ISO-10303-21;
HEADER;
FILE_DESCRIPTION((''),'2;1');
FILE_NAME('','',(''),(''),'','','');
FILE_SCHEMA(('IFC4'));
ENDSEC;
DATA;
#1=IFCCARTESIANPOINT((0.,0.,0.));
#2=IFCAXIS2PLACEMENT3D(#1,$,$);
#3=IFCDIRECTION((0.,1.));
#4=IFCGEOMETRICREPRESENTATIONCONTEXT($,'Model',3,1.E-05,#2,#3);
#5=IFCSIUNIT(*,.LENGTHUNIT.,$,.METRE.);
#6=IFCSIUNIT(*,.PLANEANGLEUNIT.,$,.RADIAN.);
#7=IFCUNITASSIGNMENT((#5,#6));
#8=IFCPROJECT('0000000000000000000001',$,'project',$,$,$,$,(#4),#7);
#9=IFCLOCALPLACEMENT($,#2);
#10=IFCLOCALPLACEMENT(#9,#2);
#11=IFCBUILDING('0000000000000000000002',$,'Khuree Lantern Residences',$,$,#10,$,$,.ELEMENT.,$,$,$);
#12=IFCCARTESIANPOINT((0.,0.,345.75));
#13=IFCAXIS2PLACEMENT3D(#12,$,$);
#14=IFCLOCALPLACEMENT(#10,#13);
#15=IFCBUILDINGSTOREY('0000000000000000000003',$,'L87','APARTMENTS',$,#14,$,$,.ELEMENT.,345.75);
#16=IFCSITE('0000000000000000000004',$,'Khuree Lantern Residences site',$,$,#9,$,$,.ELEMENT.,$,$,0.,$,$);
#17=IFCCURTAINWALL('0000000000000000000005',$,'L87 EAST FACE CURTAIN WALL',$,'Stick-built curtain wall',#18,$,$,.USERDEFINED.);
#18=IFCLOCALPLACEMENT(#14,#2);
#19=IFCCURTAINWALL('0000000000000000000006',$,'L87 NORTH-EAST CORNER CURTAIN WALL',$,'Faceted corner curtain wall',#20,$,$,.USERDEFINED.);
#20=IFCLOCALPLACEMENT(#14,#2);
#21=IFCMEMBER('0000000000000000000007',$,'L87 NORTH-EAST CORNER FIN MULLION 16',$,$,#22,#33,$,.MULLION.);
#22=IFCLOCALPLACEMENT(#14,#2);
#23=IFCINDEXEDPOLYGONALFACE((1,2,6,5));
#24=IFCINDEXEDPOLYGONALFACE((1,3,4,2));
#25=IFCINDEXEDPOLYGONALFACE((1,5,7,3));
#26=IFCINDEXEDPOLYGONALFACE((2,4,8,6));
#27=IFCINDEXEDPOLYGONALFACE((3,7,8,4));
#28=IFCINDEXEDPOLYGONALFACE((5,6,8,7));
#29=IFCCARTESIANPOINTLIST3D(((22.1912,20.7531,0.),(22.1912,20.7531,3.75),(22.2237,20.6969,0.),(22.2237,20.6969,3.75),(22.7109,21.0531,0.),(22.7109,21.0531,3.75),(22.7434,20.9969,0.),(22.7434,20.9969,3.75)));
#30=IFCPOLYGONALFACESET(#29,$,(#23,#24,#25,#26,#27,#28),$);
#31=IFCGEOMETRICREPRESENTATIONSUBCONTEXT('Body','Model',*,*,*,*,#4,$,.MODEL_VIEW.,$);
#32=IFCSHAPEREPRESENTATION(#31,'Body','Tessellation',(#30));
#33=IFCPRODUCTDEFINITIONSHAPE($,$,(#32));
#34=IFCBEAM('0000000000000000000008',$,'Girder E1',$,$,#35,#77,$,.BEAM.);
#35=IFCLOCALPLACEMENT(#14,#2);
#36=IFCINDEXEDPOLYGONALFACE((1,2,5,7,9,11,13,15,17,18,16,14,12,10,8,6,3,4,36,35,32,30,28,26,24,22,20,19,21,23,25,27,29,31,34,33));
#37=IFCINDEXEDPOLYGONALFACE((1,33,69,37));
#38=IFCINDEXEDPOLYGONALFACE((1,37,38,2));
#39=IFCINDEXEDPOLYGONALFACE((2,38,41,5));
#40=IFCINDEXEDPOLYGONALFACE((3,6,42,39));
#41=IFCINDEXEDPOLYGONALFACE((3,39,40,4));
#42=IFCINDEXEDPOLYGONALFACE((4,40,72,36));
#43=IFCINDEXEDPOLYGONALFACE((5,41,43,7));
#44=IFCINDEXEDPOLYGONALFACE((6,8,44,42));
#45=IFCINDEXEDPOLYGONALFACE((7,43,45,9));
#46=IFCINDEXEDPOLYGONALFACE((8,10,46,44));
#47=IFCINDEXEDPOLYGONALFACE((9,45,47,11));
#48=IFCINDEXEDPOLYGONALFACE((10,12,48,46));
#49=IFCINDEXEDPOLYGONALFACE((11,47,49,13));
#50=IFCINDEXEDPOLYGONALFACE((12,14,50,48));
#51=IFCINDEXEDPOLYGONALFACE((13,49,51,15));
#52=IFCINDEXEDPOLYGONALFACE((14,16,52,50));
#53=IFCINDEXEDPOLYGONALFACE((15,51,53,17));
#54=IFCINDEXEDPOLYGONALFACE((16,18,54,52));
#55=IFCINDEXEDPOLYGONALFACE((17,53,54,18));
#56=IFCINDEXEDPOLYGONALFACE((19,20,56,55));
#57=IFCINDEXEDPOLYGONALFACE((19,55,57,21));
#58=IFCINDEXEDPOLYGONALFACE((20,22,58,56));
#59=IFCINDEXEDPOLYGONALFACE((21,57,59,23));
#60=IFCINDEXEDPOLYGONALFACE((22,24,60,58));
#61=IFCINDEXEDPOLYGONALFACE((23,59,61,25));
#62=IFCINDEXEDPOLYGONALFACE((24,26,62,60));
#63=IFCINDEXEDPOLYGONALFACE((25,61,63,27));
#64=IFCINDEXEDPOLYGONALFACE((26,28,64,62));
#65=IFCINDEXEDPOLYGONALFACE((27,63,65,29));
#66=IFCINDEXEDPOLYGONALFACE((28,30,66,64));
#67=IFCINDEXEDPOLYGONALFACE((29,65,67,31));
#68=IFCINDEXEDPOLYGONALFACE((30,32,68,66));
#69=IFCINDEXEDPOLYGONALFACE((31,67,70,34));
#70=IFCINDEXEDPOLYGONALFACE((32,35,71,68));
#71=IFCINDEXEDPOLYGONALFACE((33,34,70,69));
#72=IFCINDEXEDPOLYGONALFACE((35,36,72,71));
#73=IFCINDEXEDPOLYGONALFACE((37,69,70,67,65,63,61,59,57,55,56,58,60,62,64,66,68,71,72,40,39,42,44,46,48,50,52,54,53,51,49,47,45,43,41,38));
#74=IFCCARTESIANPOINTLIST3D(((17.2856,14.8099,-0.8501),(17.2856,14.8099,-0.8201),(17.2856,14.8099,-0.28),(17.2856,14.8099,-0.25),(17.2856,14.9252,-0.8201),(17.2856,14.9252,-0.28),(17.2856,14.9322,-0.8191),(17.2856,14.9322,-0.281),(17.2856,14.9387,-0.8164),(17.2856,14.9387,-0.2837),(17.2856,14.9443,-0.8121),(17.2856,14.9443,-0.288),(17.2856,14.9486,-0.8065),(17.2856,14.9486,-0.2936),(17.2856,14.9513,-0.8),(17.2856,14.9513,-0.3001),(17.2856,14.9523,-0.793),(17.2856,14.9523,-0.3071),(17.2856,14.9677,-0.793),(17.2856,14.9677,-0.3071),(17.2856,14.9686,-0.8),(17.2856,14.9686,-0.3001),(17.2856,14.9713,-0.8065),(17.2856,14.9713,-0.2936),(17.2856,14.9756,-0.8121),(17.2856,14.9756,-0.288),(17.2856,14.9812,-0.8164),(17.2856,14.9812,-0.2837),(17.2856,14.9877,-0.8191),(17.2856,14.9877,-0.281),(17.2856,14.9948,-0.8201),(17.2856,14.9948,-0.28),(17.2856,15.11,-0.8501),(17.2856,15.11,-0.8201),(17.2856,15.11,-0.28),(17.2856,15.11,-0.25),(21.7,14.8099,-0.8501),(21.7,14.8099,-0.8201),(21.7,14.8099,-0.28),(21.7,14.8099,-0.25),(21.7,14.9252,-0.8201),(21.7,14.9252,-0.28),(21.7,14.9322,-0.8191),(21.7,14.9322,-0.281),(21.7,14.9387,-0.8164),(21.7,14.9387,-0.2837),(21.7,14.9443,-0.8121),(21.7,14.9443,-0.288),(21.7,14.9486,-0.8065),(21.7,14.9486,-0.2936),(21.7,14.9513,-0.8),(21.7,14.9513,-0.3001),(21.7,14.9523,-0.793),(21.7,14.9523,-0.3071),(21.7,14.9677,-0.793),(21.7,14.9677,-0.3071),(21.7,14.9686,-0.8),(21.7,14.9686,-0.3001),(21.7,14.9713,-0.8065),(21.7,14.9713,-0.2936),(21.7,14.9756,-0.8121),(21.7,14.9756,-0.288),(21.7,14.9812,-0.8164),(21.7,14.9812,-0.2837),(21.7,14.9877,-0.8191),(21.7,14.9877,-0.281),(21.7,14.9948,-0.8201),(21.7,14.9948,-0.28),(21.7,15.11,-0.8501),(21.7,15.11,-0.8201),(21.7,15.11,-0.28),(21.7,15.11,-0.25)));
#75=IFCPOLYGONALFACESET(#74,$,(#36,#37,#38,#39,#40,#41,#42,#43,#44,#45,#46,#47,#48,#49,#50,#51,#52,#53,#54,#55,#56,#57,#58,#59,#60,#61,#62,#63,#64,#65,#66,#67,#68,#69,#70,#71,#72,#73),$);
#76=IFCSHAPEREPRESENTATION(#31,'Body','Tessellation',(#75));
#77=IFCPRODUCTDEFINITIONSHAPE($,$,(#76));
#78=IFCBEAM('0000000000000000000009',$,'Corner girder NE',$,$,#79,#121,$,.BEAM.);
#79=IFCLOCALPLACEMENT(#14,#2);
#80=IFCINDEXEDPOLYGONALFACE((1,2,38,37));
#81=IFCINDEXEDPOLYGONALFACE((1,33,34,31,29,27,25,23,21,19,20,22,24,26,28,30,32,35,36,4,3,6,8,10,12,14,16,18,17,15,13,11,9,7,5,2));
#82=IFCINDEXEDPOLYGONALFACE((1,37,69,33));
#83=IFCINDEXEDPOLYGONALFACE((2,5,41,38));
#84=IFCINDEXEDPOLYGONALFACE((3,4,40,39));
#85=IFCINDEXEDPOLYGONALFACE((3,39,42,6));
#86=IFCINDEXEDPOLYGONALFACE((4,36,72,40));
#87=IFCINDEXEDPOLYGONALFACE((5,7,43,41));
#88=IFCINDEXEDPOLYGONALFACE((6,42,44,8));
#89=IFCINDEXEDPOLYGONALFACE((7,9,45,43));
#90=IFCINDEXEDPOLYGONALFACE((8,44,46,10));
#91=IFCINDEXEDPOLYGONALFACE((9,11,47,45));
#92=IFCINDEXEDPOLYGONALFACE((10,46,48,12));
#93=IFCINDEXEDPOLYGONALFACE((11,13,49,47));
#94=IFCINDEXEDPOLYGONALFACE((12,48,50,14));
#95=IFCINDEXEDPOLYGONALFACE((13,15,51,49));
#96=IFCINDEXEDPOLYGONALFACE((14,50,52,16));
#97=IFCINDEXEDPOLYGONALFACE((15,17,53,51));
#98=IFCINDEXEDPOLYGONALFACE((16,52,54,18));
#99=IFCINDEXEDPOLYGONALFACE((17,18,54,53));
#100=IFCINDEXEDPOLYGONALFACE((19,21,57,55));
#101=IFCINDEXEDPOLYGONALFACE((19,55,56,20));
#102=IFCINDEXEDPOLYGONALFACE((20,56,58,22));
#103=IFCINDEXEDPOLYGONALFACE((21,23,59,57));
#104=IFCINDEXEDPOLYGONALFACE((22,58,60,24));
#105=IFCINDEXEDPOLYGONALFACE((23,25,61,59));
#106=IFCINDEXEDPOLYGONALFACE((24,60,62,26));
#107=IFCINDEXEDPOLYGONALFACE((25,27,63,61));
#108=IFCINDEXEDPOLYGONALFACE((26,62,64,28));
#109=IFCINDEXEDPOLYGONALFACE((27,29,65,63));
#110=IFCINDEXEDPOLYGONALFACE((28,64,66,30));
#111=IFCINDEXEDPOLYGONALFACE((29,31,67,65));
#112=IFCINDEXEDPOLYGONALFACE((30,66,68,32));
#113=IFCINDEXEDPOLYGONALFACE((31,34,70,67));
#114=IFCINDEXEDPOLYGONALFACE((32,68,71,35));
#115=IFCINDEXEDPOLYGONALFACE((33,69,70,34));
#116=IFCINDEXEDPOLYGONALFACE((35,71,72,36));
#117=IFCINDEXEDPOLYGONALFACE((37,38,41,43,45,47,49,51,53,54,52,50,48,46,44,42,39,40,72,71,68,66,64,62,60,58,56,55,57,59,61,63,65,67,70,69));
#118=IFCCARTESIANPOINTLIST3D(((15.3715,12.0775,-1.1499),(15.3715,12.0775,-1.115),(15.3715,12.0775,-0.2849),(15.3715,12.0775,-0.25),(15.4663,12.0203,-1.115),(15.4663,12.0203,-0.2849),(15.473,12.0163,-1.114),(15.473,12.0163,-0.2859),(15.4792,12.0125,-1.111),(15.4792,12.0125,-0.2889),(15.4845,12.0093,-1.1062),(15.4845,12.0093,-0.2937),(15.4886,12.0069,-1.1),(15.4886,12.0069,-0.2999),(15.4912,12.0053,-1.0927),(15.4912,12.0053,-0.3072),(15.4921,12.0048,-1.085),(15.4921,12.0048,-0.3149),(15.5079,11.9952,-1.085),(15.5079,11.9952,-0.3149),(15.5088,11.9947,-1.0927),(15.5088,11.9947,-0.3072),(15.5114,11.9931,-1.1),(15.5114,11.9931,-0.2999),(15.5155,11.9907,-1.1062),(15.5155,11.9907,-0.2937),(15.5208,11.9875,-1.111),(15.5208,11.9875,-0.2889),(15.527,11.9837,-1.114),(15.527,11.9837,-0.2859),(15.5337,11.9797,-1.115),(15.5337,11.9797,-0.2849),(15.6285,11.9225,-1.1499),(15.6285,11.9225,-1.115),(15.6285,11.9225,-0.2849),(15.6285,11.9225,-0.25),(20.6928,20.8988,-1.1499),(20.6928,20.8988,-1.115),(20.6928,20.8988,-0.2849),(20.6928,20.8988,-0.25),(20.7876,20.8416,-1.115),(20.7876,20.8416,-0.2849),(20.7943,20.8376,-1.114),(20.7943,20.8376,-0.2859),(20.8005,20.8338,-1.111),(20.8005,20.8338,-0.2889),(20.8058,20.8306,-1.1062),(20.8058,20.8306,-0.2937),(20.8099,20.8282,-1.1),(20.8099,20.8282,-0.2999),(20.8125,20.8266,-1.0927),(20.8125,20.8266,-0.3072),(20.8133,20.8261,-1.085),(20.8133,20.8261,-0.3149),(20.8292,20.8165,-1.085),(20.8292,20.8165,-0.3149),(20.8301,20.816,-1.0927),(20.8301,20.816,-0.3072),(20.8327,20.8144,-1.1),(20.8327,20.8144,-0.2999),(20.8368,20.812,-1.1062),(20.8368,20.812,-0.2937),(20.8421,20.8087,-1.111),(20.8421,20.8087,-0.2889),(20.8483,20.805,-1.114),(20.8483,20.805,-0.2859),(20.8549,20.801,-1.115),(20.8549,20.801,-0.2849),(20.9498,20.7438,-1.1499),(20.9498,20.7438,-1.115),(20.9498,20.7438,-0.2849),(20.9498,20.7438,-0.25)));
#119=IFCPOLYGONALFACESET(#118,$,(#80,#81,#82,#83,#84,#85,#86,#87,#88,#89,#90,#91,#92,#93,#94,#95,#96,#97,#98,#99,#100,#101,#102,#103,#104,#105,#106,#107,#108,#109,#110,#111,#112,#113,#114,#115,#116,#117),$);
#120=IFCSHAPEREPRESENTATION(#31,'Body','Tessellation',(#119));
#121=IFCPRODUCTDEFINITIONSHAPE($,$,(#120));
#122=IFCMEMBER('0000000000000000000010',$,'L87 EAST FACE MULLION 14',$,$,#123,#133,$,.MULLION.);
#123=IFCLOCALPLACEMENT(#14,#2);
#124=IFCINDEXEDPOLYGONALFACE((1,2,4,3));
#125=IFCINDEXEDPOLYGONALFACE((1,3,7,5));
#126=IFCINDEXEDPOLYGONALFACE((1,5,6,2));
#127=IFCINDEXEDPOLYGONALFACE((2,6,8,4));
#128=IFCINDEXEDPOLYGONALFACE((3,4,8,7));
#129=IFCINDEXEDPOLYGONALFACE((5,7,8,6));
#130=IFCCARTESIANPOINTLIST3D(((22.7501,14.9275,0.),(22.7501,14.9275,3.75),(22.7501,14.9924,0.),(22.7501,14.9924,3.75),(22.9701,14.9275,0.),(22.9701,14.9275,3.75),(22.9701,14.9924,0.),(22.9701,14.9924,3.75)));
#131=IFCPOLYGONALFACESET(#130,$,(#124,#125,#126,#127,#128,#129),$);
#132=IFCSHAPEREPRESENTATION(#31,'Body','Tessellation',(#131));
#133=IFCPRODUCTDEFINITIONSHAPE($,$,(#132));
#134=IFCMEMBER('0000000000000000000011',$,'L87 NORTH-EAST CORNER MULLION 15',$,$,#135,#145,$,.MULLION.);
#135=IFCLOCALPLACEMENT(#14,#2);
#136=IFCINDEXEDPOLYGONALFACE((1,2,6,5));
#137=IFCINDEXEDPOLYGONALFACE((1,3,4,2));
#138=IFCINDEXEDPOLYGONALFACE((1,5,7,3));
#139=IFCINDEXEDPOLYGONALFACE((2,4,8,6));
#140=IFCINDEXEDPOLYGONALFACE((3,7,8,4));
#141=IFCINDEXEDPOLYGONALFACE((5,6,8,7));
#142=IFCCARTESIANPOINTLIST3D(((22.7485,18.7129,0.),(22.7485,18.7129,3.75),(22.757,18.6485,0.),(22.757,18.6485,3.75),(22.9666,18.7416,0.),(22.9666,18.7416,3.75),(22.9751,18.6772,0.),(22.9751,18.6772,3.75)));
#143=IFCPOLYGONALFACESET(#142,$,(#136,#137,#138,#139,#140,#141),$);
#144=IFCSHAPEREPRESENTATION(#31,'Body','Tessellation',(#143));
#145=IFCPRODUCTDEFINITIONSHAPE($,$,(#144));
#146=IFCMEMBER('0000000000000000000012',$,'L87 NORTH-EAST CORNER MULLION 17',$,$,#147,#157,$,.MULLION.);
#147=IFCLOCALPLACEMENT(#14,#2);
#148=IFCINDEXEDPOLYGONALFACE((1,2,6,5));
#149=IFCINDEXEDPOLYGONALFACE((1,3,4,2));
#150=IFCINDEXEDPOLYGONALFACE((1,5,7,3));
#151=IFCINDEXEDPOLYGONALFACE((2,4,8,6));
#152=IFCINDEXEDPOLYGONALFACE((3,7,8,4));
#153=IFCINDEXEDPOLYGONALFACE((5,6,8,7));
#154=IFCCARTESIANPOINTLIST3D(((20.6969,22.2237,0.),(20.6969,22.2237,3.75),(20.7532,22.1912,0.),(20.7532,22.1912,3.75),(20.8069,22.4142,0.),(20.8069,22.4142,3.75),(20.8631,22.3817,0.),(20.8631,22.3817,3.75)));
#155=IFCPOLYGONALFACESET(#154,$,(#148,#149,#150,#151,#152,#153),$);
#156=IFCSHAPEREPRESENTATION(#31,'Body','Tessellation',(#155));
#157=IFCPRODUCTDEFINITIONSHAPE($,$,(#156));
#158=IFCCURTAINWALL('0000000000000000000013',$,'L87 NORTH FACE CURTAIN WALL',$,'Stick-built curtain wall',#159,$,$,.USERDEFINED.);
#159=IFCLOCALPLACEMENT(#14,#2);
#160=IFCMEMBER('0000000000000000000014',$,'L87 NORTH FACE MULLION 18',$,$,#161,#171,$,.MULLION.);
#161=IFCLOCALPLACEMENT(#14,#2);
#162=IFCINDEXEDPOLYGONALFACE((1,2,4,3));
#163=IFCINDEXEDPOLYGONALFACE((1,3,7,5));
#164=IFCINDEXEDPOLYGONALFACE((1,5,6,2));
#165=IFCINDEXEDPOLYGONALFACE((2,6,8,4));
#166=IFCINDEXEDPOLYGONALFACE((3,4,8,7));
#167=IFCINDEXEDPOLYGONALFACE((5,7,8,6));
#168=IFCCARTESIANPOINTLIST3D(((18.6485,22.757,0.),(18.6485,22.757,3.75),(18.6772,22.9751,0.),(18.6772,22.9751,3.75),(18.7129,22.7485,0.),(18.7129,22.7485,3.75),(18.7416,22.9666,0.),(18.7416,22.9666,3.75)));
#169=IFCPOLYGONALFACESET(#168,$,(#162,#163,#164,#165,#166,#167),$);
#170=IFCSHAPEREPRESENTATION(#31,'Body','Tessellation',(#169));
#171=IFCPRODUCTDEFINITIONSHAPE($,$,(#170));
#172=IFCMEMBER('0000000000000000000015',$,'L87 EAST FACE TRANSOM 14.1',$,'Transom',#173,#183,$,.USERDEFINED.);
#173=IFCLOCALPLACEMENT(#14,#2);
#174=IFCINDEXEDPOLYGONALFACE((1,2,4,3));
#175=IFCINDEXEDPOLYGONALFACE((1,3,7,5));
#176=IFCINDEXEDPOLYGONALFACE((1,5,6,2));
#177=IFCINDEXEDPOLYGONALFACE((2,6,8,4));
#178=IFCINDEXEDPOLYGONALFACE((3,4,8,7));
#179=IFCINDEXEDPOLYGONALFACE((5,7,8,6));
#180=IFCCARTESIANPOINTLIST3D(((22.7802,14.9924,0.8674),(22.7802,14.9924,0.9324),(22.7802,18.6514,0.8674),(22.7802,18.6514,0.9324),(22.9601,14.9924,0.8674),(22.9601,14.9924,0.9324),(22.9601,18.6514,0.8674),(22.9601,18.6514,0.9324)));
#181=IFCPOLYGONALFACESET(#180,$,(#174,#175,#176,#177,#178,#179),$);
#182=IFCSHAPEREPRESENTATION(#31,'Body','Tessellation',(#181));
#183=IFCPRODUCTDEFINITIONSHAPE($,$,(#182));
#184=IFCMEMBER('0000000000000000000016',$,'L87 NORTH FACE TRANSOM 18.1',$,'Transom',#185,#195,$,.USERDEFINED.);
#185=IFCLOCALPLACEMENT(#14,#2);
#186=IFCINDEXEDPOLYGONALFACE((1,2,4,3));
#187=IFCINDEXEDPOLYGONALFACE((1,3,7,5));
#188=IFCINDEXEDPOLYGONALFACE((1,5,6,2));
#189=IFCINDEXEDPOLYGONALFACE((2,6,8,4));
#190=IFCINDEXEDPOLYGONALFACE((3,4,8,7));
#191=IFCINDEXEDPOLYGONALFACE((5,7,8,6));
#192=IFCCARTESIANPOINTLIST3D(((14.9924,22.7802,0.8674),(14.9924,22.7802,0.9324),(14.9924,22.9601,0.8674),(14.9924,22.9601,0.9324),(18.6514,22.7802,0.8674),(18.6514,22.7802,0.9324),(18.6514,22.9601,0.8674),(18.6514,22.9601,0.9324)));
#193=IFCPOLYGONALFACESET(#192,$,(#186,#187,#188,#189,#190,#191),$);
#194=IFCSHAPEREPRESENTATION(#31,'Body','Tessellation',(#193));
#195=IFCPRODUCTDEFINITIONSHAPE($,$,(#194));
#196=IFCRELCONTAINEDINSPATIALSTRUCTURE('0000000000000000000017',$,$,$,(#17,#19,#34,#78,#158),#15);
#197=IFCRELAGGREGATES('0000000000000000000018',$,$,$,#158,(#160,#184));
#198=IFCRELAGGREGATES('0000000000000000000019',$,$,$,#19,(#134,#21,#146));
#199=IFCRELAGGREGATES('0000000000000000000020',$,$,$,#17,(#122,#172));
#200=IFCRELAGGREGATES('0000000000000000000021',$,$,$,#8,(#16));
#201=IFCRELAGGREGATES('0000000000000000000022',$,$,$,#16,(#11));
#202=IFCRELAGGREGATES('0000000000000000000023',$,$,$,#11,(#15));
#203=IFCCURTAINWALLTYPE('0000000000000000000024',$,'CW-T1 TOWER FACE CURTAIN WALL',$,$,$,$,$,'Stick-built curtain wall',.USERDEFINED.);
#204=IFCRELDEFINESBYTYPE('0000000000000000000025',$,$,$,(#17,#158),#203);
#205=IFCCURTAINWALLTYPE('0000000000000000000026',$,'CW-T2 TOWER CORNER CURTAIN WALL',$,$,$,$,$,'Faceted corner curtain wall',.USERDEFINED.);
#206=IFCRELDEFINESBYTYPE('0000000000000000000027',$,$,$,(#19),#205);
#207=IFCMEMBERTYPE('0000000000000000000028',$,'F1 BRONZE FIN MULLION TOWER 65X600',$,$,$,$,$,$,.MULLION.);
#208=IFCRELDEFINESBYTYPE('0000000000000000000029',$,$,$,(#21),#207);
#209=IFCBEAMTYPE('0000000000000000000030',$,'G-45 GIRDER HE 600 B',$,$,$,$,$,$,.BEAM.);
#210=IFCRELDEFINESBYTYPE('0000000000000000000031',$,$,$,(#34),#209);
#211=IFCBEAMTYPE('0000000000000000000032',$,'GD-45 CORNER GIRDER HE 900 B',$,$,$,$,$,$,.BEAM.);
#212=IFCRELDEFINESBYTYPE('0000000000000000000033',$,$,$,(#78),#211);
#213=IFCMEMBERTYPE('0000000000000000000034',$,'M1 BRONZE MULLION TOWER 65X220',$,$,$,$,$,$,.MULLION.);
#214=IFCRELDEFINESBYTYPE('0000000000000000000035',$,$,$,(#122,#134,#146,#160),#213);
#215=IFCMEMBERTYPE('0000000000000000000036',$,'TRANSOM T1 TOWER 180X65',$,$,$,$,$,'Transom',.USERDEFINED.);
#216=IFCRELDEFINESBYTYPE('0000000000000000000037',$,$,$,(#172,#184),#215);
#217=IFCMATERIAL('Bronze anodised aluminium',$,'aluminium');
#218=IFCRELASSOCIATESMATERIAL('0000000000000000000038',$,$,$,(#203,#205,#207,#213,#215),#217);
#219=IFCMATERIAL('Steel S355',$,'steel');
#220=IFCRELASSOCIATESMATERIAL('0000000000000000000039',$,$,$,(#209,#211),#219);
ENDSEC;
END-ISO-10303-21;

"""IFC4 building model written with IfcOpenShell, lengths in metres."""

from ifc_helpers import new_model, si_unit, direction, frame, origin, origin_2d, place, context, subcontext, project, spatial, rectangle, i_section, extrude, material, material_profile, profile_set, type_object, element, aggregate, save


model = new_model("IFC4")

# Units and contexts
model_context = context("Model", 3, precision=1e-05, world=origin(), true_north=direction((0.0, 1.0)))
body_context = subcontext(model_context, "Body", "Model", "MODEL_VIEW")
ifc_project = project(units=[si_unit("LENGTHUNIT", "METRE"), si_unit("PLANEANGLEUNIT", "RADIAN")], contexts=[model_context])

# Site, building, storey
site_placement = place(None, origin())
site = spatial("IfcSite", under=ifc_project, at=site_placement, Name="Khuree Lantern Residences site", CompositionType="ELEMENT", RefElevation=0.0)
building_placement = place(site_placement, origin())
building = spatial("IfcBuilding", under=site, at=building_placement, Name="Khuree Lantern Residences", CompositionType="ELEMENT")
storey_placement = place(building_placement, frame((0.0, 0.0, 345.75)))
storey = spatial("IfcBuildingStorey", under=building, at=storey_placement, Name="L87", Description="APARTMENTS", CompositionType="ELEMENT", Elevation=345.75)

# Shared definitions
ifc_material_1 = material(Name="Steel S355", Category="steel")

# Curtain walls, member
ifc_material_2 = material(Name="Bronze anodised aluminium", Category="aluminium")
curtain_wall_type_1 = type_object("IfcCurtainWallType", Name="CW-T1 TOWER FACE CURTAIN WALL", ElementType="Stick-built curtain wall", PredefinedType="USERDEFINED", material=ifc_material_2)
curtain_wall_1_placement = place(storey_placement, origin())
curtain_wall_1 = element("IfcCurtainWall", 1, at=curtain_wall_1_placement, inside=storey, type_object=curtain_wall_type_1, Name="L87 EAST FACE CURTAIN WALL", ObjectType="Stick-built curtain wall", PredefinedType="USERDEFINED")
ifc_material_profile_1 = material_profile(ifc_material_2, rectangle(XDim=0.0649, YDim=0.6001, at=origin_2d()), Name="F1 65X600")
ifc_profile_set_1 = profile_set([ifc_material_profile_1], Name="Bronze anodised aluminium")
member_type_1 = type_object("IfcMemberType", Name="F1 BRONZE FIN MULLION TOWER 65X600", PredefinedType="MULLION", material=ifc_profile_set_1)
curtain_wall_type_2 = type_object("IfcCurtainWallType", Name="CW-T2 TOWER CORNER CURTAIN WALL", ElementType="Faceted corner curtain wall", PredefinedType="USERDEFINED", material=ifc_material_2)
curtain_wall_2_placement = place(storey_placement, origin())
curtain_wall_2 = element("IfcCurtainWall", 2, at=curtain_wall_2_placement, inside=storey, type_object=curtain_wall_type_2, Name="L87 NORTH-EAST CORNER CURTAIN WALL", ObjectType="Faceted corner curtain wall", PredefinedType="USERDEFINED")
member_1_placement = place(storey_placement, frame((22.4673, 20.875, 0.0), z_axis=(0.0, 0.0, 1.0), x_axis=(-0.5, 0.866025, 0.0)))
member_1 = element("IfcMember", 3, at=member_1_placement, type_object=member_type_1, Name="L87 NORTH-EAST CORNER FIN MULLION 16", PredefinedType="MULLION", context=body_context, shape_type="SweptSolid", body=[
    extrude(rectangle(XDim=0.0649, YDim=0.6001, at=origin_2d()), origin(), (0.0, 0.0, 1.0), 3.75),
])

# Beams
ifc_material_profile_2 = material_profile(ifc_material_1, i_section(OverallWidth=0.3, OverallDepth=0.6001, WebThickness=0.0154, FlangeThickness=0.03, FilletRadius=0.0271, at=origin_2d()), Name="HE 600 B")
ifc_profile_set_2 = profile_set([ifc_material_profile_2], Name="Steel S355")
beam_type_1 = type_object("IfcBeamType", Name="G-45 GIRDER HE 600 B", PredefinedType="BEAM", material=ifc_profile_set_2)
beam_1_placement = place(storey_placement, frame((21.7, 14.96, -0.55), z_axis=(-1.0, 0.0, 0.0), x_axis=(0.0, -1.0, 0.0)))
element("IfcBeam", 4, at=beam_1_placement, inside=storey, type_object=beam_type_1, Name="Girder E1", PredefinedType="BEAM", context=body_context, shape_type="SweptSolid", body=[
    extrude(i_section(OverallWidth=0.3, OverallDepth=0.6001, WebThickness=0.0154, FlangeThickness=0.03, FilletRadius=0.0271, at=origin_2d()), origin(), (0.0, 0.0, 1.0), 4.4143),
])
ifc_material_profile_3 = material_profile(ifc_material_1, i_section(OverallWidth=0.3, OverallDepth=0.8999, WebThickness=0.0186, FlangeThickness=0.0349, FilletRadius=0.03, at=origin_2d()), Name="HE 900 B")
ifc_profile_set_3 = profile_set([ifc_material_profile_3], Name="Steel S355")
beam_type_2 = type_object("IfcBeamType", Name="GD-45 CORNER GIRDER HE 900 B", PredefinedType="BEAM", material=ifc_profile_set_3)
beam_2_placement = place(storey_placement, frame((20.8213, 20.8213, -0.7), z_axis=(-0.51653, -0.856269, 0.0), x_axis=(0.856269, -0.51653, 0.0)))
element("IfcBeam", 5, at=beam_2_placement, inside=storey, type_object=beam_type_2, Name="Corner girder NE", PredefinedType="BEAM", context=body_context, shape_type="SweptSolid", body=[
    extrude(i_section(OverallWidth=0.3, OverallDepth=0.8999, WebThickness=0.0186, FlangeThickness=0.0349, FilletRadius=0.03, at=origin_2d()), origin(), (0.0, 0.0, 1.0), 10.302),
])

# Members
ifc_material_profile_4 = material_profile(ifc_material_2, rectangle(XDim=0.0649, YDim=0.22, at=origin_2d()), Name="M1 65X220")
ifc_profile_set_4 = profile_set([ifc_material_profile_4], Name="Bronze anodised aluminium")
member_type_2 = type_object("IfcMemberType", Name="M1 BRONZE MULLION TOWER 65X220", PredefinedType="MULLION", material=ifc_profile_set_4)
member_2_placement = place(storey_placement, frame((22.8601, 14.96, 0.0), z_axis=(0.0, 0.0, 1.0), x_axis=(0.0, 1.0, 0.0)))
member_2 = element("IfcMember", 6, at=member_2_placement, type_object=member_type_2, Name="L87 EAST FACE MULLION 14", PredefinedType="MULLION", context=body_context, shape_type="SweptSolid", body=[
    extrude(rectangle(XDim=0.0649, YDim=0.22, at=origin_2d()), origin(), (0.0, 0.0, 1.0), 3.75),
])
member_3_placement = place(storey_placement, frame((22.8618, 18.6951, 0.0), z_axis=(0.0, 0.0, 1.0), x_axis=(-0.130526, 0.991445, 0.0)))
member_3 = element("IfcMember", 7, at=member_3_placement, type_object=member_type_2, Name="L87 NORTH-EAST CORNER MULLION 15", PredefinedType="MULLION", context=body_context, shape_type="SweptSolid", body=[
    extrude(rectangle(XDim=0.0649, YDim=0.22, at=origin_2d()), origin(), (0.0, 0.0, 1.0), 3.75),
])
member_4_placement = place(storey_placement, frame((20.78, 22.3027, 0.0), z_axis=(0.0, 0.0, 1.0), x_axis=(-0.866025, 0.5, 0.0)))
member_4 = element("IfcMember", 8, at=member_4_placement, type_object=member_type_2, Name="L87 NORTH-EAST CORNER MULLION 17", PredefinedType="MULLION", context=body_context, shape_type="SweptSolid", body=[
    extrude(rectangle(XDim=0.0649, YDim=0.22, at=origin_2d()), origin(), (0.0, 0.0, 1.0), 3.75),
])

# Curtain wall, member
curtain_wall_3_placement = place(storey_placement, origin())
curtain_wall_3 = element("IfcCurtainWall", 9, at=curtain_wall_3_placement, inside=storey, type_object=curtain_wall_type_1, Name="L87 NORTH FACE CURTAIN WALL", ObjectType="Stick-built curtain wall", PredefinedType="USERDEFINED")
member_5_placement = place(storey_placement, frame((18.6951, 22.8618, 0.0), z_axis=(0.0, 0.0, 1.0), x_axis=(-0.991445, 0.130526, 0.0)))
member_5 = element("IfcMember", 10, at=member_5_placement, type_object=member_type_2, Name="L87 NORTH FACE MULLION 18", PredefinedType="MULLION", context=body_context, shape_type="SweptSolid", body=[
    extrude(rectangle(XDim=0.0649, YDim=0.22, at=origin_2d()), origin(), (0.0, 0.0, 1.0), 3.75),
])

# Members
ifc_material_profile_5 = material_profile(ifc_material_2, rectangle(XDim=0.1799, YDim=0.0649, at=origin_2d()), Name="T1 180X65")
ifc_profile_set_5 = profile_set([ifc_material_profile_5], Name="Bronze anodised aluminium")
member_type_3 = type_object("IfcMemberType", Name="TRANSOM T1 TOWER 180X65", ElementType="Transom", PredefinedType="USERDEFINED", material=ifc_profile_set_5)
member_6_placement = place(storey_placement, frame((22.8701, 14.9924, 0.8999), z_axis=(0.0, 1.0, 0.0), x_axis=(-1.0, 0.0, 0.0)))
member_6 = element("IfcMember", 11, at=member_6_placement, type_object=member_type_3, Name="L87 EAST FACE TRANSOM 14.1", ObjectType="Transom", PredefinedType="USERDEFINED", context=body_context, shape_type="SweptSolid", body=[
    extrude(rectangle(XDim=0.1799, YDim=0.0649, at=origin_2d()), origin(), (0.0, 0.0, 1.0), 3.6589),
])
member_7_placement = place(storey_placement, frame((18.6514, 22.8701, 0.8999), z_axis=(-1.0, 0.0, 0.0), x_axis=(0.0, -1.0, 0.0)))
member_7 = element("IfcMember", 12, at=member_7_placement, type_object=member_type_3, Name="L87 NORTH FACE TRANSOM 18.1", ObjectType="Transom", PredefinedType="USERDEFINED", context=body_context, shape_type="SweptSolid", body=[
    extrude(rectangle(XDim=0.1799, YDim=0.0649, at=origin_2d()), origin(), (0.0, 0.0, 1.0), 3.6589),
])
aggregate(curtain_wall_3, [member_5, member_7])

aggregate(curtain_wall_2, [member_3, member_1, member_4])
aggregate(curtain_wall_1, [member_2, member_6])

save(model, "model.ifc")
